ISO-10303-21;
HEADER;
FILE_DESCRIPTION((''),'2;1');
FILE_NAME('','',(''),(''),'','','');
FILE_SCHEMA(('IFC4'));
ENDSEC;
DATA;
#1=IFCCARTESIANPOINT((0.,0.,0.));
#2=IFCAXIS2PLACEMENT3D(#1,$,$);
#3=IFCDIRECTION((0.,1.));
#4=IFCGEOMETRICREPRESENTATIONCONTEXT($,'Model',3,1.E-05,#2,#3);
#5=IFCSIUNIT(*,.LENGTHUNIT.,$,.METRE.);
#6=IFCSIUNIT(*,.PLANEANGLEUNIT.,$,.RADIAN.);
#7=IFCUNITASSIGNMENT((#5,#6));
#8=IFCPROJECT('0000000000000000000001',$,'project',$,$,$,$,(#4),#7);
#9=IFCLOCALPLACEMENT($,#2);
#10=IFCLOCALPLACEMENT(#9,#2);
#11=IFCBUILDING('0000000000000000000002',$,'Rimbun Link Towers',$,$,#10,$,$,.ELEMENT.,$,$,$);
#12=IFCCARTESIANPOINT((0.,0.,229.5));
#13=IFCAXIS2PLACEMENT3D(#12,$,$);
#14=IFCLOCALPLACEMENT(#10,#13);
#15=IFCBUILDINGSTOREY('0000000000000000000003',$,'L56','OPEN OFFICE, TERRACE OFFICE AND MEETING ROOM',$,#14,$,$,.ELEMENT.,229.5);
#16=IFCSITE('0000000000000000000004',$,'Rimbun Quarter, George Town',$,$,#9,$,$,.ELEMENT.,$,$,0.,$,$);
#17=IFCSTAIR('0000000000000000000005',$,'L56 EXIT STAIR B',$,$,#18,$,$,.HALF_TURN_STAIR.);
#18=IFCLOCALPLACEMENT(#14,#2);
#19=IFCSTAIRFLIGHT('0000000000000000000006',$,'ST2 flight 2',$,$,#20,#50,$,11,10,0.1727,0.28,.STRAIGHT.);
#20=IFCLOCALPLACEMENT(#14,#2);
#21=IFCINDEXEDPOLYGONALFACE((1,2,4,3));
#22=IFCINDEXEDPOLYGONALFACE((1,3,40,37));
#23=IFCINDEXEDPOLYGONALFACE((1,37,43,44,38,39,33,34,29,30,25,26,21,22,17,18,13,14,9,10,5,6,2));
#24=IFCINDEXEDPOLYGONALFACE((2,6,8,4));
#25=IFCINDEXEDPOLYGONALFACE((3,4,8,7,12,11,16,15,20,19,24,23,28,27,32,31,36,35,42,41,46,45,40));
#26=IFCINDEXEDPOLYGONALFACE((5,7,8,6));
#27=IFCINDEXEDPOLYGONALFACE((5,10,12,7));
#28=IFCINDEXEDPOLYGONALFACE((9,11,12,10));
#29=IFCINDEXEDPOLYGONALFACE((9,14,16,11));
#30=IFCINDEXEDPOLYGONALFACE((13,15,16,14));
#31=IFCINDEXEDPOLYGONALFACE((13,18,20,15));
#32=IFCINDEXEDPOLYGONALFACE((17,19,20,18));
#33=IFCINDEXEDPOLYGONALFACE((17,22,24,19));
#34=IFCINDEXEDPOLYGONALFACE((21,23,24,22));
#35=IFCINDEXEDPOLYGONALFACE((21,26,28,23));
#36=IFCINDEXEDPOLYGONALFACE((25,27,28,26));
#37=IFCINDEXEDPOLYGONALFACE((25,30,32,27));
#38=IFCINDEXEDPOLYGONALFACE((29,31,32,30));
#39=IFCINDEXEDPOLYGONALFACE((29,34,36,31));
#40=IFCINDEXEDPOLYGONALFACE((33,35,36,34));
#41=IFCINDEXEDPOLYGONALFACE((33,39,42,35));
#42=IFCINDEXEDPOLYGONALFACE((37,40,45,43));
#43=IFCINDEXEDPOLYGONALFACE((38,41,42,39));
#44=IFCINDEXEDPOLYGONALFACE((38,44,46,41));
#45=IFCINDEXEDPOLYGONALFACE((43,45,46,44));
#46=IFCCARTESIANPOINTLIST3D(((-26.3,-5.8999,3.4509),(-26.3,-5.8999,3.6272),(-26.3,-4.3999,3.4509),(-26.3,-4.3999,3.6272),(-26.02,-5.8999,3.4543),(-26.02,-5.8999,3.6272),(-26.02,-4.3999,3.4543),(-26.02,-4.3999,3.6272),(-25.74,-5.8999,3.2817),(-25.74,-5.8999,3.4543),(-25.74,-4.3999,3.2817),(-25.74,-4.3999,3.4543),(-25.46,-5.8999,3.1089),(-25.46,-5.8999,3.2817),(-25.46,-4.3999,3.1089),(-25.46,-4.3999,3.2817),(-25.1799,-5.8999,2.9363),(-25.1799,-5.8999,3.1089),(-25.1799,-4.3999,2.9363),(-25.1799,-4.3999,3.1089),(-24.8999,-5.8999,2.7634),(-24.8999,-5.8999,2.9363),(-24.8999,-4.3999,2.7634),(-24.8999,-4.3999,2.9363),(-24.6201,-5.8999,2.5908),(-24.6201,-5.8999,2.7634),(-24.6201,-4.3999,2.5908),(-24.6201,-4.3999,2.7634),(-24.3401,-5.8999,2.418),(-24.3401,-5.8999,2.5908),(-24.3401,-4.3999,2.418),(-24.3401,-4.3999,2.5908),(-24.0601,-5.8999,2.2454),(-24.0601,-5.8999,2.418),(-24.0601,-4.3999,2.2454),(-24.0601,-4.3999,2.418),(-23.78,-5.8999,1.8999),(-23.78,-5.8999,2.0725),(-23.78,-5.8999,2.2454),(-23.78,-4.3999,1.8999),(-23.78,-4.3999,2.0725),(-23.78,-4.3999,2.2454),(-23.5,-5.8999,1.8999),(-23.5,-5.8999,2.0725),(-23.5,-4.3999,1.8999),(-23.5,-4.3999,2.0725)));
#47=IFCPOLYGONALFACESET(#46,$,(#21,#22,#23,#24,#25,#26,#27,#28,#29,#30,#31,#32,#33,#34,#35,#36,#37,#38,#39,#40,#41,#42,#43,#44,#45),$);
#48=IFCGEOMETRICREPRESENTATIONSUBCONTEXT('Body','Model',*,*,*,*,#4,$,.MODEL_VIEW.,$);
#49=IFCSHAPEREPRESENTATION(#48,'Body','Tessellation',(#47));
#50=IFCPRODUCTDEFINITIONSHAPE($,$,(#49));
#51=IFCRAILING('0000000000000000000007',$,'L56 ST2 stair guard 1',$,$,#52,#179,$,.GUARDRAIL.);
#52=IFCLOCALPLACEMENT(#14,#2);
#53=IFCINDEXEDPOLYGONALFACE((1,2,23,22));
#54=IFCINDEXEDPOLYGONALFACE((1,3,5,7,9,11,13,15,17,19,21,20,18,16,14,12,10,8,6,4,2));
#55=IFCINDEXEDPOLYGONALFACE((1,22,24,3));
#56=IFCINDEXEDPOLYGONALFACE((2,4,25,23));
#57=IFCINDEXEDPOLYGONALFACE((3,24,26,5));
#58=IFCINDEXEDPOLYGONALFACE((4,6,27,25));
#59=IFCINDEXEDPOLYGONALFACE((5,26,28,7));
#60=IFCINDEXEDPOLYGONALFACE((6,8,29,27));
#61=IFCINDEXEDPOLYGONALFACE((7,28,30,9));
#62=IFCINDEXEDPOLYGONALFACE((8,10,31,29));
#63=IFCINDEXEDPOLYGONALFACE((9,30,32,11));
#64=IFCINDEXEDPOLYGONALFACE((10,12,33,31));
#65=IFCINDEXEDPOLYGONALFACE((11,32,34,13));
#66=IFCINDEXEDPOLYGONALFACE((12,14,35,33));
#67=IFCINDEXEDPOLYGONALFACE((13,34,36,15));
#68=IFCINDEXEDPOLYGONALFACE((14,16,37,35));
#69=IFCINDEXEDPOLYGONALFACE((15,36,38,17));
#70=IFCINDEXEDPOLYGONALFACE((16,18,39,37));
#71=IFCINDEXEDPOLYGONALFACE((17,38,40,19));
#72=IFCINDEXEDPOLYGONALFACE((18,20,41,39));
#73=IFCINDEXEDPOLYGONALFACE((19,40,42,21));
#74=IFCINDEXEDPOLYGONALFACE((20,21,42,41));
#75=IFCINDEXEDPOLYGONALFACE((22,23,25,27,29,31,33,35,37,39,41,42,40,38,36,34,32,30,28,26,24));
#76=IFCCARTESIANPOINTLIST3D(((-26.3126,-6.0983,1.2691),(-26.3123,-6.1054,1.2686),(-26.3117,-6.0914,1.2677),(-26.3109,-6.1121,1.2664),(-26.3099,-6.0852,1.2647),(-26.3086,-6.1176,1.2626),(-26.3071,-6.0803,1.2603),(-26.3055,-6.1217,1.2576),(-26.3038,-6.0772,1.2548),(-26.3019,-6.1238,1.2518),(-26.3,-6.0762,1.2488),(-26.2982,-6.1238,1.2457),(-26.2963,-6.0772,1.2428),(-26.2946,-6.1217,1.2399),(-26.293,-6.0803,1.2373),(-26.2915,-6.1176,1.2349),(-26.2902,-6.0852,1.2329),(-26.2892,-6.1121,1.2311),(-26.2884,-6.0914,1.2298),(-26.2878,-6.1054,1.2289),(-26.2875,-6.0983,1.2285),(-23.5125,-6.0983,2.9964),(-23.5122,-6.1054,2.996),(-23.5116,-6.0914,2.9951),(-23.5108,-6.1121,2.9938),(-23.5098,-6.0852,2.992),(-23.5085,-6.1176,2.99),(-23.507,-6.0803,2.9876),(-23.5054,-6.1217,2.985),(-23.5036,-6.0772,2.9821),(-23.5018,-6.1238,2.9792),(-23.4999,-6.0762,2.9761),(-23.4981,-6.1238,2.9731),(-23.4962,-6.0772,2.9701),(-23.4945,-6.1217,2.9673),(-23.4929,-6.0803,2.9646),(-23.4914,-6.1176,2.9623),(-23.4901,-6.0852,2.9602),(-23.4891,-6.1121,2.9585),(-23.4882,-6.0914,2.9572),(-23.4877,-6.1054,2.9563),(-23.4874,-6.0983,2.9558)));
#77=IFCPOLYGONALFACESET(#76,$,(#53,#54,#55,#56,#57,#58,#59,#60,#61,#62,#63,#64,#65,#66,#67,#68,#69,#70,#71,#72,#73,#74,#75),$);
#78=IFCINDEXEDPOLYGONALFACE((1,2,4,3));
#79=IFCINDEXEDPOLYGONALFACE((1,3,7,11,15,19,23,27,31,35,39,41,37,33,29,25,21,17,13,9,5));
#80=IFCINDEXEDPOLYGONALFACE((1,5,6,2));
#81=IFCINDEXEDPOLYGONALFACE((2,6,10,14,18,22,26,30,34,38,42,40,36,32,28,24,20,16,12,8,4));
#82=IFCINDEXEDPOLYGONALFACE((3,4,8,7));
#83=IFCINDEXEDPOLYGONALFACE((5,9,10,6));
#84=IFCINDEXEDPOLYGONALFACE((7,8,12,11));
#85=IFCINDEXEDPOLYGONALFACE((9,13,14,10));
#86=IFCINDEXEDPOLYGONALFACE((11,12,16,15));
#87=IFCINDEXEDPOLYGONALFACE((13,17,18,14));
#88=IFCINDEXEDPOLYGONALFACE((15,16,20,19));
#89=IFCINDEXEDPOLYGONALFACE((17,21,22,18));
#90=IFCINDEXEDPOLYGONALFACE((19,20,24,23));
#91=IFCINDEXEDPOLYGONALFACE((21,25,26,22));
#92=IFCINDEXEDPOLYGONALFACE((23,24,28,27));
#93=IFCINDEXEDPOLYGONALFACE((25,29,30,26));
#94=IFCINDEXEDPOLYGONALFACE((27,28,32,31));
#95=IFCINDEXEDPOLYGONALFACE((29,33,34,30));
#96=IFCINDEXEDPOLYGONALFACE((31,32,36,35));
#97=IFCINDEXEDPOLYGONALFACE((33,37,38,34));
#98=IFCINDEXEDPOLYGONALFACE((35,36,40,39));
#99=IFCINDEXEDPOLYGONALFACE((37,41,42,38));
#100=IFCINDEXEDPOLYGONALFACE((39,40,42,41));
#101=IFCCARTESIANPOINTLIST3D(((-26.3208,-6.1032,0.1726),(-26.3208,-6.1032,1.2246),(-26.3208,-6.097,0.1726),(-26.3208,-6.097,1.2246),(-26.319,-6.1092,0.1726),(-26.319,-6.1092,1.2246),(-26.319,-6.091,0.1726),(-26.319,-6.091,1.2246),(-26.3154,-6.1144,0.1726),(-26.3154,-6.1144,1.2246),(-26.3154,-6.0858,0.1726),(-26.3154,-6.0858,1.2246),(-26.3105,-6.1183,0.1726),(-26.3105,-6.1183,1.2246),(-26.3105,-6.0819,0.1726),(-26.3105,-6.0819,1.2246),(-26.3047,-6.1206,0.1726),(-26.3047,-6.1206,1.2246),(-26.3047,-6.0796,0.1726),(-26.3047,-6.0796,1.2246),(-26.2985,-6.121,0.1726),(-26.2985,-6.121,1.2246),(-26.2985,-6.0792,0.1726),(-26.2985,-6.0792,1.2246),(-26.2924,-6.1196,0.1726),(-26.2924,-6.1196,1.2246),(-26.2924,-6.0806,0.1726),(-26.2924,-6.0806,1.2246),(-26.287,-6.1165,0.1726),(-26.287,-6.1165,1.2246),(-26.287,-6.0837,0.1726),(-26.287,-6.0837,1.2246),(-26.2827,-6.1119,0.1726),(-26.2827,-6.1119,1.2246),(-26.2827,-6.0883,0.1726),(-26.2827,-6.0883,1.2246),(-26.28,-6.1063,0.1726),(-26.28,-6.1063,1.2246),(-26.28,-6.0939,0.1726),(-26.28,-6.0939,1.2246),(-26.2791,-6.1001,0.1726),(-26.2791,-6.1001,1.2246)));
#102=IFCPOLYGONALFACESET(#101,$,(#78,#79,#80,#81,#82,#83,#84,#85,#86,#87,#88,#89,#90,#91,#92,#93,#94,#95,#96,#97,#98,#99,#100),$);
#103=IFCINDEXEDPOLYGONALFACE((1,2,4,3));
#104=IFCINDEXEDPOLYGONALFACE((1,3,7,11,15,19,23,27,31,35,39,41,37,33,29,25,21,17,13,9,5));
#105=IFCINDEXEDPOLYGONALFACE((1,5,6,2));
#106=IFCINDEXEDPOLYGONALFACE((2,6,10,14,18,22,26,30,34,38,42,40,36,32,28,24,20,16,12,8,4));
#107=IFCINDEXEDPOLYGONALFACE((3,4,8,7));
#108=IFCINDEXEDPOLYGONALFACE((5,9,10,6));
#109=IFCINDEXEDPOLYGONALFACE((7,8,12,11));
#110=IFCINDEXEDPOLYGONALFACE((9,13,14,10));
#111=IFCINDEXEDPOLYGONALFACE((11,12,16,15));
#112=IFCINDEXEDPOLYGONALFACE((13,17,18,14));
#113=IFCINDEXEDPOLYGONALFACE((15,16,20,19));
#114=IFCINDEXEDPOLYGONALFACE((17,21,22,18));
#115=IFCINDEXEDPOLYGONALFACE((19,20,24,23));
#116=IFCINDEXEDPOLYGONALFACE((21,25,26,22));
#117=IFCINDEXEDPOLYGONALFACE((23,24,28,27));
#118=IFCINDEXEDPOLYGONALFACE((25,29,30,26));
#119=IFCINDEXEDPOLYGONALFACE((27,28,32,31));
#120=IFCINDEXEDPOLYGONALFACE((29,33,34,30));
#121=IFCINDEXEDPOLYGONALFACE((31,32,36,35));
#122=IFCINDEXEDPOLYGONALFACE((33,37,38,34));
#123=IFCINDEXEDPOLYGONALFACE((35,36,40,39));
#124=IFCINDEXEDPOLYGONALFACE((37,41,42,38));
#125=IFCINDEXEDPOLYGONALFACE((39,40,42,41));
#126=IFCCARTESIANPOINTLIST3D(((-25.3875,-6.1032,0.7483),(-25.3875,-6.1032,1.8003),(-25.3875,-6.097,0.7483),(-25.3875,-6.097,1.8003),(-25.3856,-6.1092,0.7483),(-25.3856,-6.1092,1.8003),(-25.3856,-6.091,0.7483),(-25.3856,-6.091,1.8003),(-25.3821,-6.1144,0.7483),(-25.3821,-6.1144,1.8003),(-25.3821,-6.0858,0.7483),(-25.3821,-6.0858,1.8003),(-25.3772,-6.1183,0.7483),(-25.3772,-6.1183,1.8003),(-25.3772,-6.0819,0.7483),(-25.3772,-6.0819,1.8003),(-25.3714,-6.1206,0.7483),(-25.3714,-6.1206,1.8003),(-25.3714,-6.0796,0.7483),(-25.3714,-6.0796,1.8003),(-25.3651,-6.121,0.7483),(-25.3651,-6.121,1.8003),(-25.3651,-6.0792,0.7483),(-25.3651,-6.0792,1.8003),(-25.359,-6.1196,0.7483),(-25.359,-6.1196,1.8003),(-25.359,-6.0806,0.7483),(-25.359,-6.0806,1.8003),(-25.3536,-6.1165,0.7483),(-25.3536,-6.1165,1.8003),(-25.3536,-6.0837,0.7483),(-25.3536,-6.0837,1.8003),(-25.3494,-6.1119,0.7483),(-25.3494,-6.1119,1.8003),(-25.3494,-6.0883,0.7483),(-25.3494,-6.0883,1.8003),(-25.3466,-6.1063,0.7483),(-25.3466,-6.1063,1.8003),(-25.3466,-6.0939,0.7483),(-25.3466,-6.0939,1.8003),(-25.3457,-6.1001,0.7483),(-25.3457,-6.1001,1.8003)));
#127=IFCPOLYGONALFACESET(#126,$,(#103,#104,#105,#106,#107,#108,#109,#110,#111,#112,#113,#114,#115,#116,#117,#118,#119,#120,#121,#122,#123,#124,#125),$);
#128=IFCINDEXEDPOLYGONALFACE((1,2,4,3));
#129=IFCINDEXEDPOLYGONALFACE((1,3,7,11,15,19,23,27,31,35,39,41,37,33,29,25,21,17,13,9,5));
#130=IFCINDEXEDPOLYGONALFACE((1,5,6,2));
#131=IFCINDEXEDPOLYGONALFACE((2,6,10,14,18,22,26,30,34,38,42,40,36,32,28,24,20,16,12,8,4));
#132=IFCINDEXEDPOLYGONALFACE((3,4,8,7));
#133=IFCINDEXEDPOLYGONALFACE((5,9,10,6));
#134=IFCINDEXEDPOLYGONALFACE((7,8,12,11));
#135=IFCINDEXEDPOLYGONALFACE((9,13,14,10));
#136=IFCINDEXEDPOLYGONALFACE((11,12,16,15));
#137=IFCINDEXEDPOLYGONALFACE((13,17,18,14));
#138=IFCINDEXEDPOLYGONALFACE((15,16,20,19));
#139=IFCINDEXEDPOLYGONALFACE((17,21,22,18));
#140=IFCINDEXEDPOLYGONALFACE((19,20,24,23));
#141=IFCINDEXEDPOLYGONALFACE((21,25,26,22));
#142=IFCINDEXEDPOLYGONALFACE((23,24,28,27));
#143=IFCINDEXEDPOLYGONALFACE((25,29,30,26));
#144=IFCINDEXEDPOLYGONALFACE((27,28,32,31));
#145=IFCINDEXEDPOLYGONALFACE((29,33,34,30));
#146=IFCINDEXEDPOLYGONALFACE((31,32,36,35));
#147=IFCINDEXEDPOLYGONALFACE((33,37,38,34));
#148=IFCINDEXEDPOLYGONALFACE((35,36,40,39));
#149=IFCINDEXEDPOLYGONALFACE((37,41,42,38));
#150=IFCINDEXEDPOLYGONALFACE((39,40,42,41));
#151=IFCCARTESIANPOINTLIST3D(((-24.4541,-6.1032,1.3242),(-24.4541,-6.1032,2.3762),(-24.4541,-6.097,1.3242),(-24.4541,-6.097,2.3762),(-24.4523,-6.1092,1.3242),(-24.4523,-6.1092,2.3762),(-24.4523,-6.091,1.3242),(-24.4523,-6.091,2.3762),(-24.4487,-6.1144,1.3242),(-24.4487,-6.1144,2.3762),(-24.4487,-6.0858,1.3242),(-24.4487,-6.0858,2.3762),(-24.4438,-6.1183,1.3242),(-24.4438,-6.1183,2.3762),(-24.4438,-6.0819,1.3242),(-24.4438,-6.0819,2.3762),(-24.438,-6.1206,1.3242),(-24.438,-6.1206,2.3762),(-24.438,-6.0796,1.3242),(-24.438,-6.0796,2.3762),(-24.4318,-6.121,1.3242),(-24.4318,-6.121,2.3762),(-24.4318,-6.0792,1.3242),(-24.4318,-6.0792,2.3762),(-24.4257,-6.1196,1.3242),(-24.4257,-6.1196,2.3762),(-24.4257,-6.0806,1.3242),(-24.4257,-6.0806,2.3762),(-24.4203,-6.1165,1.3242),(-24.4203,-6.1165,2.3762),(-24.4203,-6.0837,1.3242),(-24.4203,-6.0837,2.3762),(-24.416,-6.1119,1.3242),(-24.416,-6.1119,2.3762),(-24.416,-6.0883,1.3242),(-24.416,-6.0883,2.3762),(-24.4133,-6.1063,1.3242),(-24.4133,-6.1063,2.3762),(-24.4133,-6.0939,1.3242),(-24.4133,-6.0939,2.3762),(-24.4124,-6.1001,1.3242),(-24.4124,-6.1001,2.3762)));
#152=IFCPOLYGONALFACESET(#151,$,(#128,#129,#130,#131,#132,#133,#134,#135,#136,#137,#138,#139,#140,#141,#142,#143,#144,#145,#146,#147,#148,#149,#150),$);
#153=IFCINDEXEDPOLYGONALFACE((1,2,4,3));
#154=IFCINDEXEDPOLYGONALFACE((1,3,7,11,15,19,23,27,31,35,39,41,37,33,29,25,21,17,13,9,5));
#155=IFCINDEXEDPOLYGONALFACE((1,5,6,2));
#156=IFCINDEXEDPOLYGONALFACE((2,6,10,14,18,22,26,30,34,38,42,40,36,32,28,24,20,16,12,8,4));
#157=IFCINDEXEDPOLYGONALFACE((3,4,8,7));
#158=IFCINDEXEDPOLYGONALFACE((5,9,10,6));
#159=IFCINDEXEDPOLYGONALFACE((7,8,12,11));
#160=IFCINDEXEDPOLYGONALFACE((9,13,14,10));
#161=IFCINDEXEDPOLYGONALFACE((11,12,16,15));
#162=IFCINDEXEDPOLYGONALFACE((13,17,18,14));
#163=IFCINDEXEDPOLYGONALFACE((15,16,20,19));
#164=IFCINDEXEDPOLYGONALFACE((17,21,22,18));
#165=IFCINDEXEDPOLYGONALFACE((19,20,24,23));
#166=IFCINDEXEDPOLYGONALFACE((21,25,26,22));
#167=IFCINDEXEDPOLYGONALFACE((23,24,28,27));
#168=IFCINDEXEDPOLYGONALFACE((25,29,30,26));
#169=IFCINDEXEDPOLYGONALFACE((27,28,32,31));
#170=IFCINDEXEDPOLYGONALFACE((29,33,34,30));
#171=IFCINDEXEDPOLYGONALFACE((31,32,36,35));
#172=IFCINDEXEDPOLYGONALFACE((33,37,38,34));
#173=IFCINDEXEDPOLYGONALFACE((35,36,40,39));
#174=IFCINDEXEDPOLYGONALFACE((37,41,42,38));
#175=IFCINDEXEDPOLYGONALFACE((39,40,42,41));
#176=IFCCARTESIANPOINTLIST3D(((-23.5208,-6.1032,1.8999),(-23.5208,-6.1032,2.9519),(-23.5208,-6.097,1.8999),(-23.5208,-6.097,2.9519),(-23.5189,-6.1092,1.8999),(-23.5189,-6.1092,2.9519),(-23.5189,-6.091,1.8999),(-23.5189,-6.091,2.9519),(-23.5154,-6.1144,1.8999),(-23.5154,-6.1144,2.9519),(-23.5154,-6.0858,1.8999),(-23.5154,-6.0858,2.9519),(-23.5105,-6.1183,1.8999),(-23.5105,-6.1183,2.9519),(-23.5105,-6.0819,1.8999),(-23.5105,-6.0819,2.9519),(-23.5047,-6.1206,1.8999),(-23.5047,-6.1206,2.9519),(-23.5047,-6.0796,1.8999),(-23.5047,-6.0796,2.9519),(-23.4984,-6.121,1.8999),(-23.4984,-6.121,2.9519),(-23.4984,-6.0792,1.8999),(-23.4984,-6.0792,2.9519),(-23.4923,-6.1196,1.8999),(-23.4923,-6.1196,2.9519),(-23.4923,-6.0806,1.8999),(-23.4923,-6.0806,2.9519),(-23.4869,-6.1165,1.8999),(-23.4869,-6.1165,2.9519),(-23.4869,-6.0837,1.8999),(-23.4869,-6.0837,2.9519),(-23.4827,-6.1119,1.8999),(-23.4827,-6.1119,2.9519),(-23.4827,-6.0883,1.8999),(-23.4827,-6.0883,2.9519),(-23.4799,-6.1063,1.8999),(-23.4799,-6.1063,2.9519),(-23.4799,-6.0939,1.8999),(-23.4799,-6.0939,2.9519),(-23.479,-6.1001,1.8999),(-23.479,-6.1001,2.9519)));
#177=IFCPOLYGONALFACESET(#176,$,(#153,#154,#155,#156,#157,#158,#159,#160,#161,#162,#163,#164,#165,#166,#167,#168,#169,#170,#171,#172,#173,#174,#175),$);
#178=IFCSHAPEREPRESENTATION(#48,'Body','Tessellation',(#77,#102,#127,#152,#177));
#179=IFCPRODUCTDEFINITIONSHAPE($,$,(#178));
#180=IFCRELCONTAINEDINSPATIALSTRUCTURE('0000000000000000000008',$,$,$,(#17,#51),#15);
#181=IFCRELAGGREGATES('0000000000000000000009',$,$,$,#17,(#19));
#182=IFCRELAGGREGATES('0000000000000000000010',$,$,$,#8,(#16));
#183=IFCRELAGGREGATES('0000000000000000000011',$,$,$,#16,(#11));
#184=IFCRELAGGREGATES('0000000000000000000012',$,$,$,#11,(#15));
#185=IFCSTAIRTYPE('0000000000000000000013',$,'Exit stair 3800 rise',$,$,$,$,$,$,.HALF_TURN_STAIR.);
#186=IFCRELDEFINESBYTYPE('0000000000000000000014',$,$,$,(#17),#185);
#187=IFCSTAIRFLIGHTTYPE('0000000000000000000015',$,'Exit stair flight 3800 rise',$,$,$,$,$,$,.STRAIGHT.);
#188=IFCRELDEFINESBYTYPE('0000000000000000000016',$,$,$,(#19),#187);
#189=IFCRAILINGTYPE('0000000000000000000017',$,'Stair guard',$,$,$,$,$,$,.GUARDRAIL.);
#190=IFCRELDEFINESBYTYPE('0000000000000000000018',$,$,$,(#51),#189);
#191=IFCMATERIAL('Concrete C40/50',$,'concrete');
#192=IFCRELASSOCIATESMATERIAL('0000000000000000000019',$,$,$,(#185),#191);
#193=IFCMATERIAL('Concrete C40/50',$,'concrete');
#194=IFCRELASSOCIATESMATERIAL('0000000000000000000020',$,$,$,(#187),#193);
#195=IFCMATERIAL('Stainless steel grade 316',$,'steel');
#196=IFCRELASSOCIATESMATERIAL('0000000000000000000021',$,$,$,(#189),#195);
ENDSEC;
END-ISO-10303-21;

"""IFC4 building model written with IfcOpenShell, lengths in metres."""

from ifc_helpers import new_model, si_unit, direction, frame, origin, origin_2d, place, context, subcontext, project, spatial, polyline, circle, outline, extrude, material, type_object, element, aggregate, save


model = new_model("IFC4")

# Units and contexts
model_context = context("Model", 3, precision=1e-05, world=origin(), true_north=direction((0.0, 1.0)))
body_context = subcontext(model_context, "Body", "Model", "MODEL_VIEW")
ifc_project = project(units=[si_unit("LENGTHUNIT", "METRE"), si_unit("PLANEANGLEUNIT", "RADIAN")], contexts=[model_context])

# Site, building, storey
site_placement = place(None, origin())
site = spatial("IfcSite", under=ifc_project, at=site_placement, Name="Rimbun Quarter, George Town", CompositionType="ELEMENT", RefElevation=0.0)
building_placement = place(site_placement, origin())
building = spatial("IfcBuilding", under=site, at=building_placement, Name="Rimbun Link Towers", CompositionType="ELEMENT")
storey_placement = place(building_placement, frame((0.0, 0.0, 229.5)))
storey = spatial("IfcBuildingStorey", under=building, at=storey_placement, Name="L56", Description="OPEN OFFICE, TERRACE OFFICE AND MEETING ROOM", CompositionType="ELEMENT", Elevation=229.5)

# Stair, stair flight
ifc_material_1 = material(Name="Concrete C40/50", Category="concrete")
stair_type = type_object("IfcStairType", Name="Exit stair 3800 rise", PredefinedType="HALF_TURN_STAIR", material=ifc_material_1)
stair_placement = place(storey_placement, origin())
stair = element("IfcStair", 1, at=stair_placement, inside=storey, type_object=stair_type, Name="L56 EXIT STAIR B", PredefinedType="HALF_TURN_STAIR")
ifc_material_2 = material(Name="Concrete C40/50", Category="concrete")
stair_flight_type = type_object("IfcStairFlightType", Name="Exit stair flight 3800 rise", PredefinedType="STRAIGHT", material=ifc_material_2)
stair_flight_1_placement = place(storey_placement, frame((-23.5, -5.1499, 1.8999), z_axis=(0.0, 0.0, 1.0), x_axis=(-1.0, 0.0, 0.0)))
stair_flight_1 = element("IfcStairFlight", 2, at=stair_flight_1_placement, type_object=stair_flight_type, Name="ST2 flight 2", NumberOfRisers=11, NumberOfTreads=10, PredefinedType="STRAIGHT", RiserHeight=0.1727, TreadLength=0.28, context=body_context, shape_type="SweptSolid", body=[
    extrude(outline(polyline([(0.0, 0.0), (0.0, 0.1726), (0.28, 0.1726), (0.28, 0.3455), (0.5601, 0.3455), (0.5601, 0.5181), (0.8401, 0.5181), (0.8401, 0.6909), (1.1201, 0.6909), (1.1201, 0.8635), (1.3999, 0.8635), (1.3999, 1.0364), (1.6799, 1.0364), (1.6799, 1.209), (1.96, 1.209), (1.96, 1.3818), (2.24, 1.3818), (2.24, 1.5544), (2.52, 1.5544), (2.52, 1.7273), (2.8, 1.7273), (2.8, 1.8999), (2.8, 1.551), (0.28, 0.0), (0.0, 0.0)])), frame((0.0, 0.75, 0.0), z_axis=(0.0, -1.0, 0.0), x_axis=(1.0, 0.0, 0.0)), (0.0, 0.0, 1.0), 1.5),
])
aggregate(stair, [stair_flight_1])

# Railing
ifc_material_3 = material(Name="Stainless steel grade 316", Category="steel")
railing_type_1 = type_object("IfcRailingType", Name="Stair guard", PredefinedType="GUARDRAIL", material=ifc_material_3)
railing_1_placement = place(storey_placement, frame((-26.3, -6.1001, 0.1726)))
element("IfcRailing", 3, at=railing_1_placement, inside=storey, type_object=railing_type_1, Name="L56 ST2 stair guard 1", PredefinedType="GUARDRAIL", context=body_context, shape_type="SweptSolid", body=[
    extrude(circle(Radius=0.0239, at=origin_2d()), frame((0.0, 0.0, 1.0762), z_axis=(0.85109, 0.0, 0.52502), x_axis=(0.0, 1.0, 0.0)), (0.0, 0.0, 1.0), 3.29),
    extrude(circle(Radius=0.021, at=origin_2d()), origin(), (0.0, 0.0, 1.0), 1.052),
    extrude(circle(Radius=0.021, at=origin_2d()), frame((0.9333, 0.0, 0.5757)), (0.0, 0.0, 1.0), 1.052),
    extrude(circle(Radius=0.021, at=origin_2d()), frame((1.8667, 0.0, 1.1516)), (0.0, 0.0, 1.0), 1.052),
    extrude(circle(Radius=0.021, at=origin_2d()), frame((2.8, 0.0, 1.7273)), (0.0, 0.0, 1.0), 1.052),
])

save(model, "model.ifc")
